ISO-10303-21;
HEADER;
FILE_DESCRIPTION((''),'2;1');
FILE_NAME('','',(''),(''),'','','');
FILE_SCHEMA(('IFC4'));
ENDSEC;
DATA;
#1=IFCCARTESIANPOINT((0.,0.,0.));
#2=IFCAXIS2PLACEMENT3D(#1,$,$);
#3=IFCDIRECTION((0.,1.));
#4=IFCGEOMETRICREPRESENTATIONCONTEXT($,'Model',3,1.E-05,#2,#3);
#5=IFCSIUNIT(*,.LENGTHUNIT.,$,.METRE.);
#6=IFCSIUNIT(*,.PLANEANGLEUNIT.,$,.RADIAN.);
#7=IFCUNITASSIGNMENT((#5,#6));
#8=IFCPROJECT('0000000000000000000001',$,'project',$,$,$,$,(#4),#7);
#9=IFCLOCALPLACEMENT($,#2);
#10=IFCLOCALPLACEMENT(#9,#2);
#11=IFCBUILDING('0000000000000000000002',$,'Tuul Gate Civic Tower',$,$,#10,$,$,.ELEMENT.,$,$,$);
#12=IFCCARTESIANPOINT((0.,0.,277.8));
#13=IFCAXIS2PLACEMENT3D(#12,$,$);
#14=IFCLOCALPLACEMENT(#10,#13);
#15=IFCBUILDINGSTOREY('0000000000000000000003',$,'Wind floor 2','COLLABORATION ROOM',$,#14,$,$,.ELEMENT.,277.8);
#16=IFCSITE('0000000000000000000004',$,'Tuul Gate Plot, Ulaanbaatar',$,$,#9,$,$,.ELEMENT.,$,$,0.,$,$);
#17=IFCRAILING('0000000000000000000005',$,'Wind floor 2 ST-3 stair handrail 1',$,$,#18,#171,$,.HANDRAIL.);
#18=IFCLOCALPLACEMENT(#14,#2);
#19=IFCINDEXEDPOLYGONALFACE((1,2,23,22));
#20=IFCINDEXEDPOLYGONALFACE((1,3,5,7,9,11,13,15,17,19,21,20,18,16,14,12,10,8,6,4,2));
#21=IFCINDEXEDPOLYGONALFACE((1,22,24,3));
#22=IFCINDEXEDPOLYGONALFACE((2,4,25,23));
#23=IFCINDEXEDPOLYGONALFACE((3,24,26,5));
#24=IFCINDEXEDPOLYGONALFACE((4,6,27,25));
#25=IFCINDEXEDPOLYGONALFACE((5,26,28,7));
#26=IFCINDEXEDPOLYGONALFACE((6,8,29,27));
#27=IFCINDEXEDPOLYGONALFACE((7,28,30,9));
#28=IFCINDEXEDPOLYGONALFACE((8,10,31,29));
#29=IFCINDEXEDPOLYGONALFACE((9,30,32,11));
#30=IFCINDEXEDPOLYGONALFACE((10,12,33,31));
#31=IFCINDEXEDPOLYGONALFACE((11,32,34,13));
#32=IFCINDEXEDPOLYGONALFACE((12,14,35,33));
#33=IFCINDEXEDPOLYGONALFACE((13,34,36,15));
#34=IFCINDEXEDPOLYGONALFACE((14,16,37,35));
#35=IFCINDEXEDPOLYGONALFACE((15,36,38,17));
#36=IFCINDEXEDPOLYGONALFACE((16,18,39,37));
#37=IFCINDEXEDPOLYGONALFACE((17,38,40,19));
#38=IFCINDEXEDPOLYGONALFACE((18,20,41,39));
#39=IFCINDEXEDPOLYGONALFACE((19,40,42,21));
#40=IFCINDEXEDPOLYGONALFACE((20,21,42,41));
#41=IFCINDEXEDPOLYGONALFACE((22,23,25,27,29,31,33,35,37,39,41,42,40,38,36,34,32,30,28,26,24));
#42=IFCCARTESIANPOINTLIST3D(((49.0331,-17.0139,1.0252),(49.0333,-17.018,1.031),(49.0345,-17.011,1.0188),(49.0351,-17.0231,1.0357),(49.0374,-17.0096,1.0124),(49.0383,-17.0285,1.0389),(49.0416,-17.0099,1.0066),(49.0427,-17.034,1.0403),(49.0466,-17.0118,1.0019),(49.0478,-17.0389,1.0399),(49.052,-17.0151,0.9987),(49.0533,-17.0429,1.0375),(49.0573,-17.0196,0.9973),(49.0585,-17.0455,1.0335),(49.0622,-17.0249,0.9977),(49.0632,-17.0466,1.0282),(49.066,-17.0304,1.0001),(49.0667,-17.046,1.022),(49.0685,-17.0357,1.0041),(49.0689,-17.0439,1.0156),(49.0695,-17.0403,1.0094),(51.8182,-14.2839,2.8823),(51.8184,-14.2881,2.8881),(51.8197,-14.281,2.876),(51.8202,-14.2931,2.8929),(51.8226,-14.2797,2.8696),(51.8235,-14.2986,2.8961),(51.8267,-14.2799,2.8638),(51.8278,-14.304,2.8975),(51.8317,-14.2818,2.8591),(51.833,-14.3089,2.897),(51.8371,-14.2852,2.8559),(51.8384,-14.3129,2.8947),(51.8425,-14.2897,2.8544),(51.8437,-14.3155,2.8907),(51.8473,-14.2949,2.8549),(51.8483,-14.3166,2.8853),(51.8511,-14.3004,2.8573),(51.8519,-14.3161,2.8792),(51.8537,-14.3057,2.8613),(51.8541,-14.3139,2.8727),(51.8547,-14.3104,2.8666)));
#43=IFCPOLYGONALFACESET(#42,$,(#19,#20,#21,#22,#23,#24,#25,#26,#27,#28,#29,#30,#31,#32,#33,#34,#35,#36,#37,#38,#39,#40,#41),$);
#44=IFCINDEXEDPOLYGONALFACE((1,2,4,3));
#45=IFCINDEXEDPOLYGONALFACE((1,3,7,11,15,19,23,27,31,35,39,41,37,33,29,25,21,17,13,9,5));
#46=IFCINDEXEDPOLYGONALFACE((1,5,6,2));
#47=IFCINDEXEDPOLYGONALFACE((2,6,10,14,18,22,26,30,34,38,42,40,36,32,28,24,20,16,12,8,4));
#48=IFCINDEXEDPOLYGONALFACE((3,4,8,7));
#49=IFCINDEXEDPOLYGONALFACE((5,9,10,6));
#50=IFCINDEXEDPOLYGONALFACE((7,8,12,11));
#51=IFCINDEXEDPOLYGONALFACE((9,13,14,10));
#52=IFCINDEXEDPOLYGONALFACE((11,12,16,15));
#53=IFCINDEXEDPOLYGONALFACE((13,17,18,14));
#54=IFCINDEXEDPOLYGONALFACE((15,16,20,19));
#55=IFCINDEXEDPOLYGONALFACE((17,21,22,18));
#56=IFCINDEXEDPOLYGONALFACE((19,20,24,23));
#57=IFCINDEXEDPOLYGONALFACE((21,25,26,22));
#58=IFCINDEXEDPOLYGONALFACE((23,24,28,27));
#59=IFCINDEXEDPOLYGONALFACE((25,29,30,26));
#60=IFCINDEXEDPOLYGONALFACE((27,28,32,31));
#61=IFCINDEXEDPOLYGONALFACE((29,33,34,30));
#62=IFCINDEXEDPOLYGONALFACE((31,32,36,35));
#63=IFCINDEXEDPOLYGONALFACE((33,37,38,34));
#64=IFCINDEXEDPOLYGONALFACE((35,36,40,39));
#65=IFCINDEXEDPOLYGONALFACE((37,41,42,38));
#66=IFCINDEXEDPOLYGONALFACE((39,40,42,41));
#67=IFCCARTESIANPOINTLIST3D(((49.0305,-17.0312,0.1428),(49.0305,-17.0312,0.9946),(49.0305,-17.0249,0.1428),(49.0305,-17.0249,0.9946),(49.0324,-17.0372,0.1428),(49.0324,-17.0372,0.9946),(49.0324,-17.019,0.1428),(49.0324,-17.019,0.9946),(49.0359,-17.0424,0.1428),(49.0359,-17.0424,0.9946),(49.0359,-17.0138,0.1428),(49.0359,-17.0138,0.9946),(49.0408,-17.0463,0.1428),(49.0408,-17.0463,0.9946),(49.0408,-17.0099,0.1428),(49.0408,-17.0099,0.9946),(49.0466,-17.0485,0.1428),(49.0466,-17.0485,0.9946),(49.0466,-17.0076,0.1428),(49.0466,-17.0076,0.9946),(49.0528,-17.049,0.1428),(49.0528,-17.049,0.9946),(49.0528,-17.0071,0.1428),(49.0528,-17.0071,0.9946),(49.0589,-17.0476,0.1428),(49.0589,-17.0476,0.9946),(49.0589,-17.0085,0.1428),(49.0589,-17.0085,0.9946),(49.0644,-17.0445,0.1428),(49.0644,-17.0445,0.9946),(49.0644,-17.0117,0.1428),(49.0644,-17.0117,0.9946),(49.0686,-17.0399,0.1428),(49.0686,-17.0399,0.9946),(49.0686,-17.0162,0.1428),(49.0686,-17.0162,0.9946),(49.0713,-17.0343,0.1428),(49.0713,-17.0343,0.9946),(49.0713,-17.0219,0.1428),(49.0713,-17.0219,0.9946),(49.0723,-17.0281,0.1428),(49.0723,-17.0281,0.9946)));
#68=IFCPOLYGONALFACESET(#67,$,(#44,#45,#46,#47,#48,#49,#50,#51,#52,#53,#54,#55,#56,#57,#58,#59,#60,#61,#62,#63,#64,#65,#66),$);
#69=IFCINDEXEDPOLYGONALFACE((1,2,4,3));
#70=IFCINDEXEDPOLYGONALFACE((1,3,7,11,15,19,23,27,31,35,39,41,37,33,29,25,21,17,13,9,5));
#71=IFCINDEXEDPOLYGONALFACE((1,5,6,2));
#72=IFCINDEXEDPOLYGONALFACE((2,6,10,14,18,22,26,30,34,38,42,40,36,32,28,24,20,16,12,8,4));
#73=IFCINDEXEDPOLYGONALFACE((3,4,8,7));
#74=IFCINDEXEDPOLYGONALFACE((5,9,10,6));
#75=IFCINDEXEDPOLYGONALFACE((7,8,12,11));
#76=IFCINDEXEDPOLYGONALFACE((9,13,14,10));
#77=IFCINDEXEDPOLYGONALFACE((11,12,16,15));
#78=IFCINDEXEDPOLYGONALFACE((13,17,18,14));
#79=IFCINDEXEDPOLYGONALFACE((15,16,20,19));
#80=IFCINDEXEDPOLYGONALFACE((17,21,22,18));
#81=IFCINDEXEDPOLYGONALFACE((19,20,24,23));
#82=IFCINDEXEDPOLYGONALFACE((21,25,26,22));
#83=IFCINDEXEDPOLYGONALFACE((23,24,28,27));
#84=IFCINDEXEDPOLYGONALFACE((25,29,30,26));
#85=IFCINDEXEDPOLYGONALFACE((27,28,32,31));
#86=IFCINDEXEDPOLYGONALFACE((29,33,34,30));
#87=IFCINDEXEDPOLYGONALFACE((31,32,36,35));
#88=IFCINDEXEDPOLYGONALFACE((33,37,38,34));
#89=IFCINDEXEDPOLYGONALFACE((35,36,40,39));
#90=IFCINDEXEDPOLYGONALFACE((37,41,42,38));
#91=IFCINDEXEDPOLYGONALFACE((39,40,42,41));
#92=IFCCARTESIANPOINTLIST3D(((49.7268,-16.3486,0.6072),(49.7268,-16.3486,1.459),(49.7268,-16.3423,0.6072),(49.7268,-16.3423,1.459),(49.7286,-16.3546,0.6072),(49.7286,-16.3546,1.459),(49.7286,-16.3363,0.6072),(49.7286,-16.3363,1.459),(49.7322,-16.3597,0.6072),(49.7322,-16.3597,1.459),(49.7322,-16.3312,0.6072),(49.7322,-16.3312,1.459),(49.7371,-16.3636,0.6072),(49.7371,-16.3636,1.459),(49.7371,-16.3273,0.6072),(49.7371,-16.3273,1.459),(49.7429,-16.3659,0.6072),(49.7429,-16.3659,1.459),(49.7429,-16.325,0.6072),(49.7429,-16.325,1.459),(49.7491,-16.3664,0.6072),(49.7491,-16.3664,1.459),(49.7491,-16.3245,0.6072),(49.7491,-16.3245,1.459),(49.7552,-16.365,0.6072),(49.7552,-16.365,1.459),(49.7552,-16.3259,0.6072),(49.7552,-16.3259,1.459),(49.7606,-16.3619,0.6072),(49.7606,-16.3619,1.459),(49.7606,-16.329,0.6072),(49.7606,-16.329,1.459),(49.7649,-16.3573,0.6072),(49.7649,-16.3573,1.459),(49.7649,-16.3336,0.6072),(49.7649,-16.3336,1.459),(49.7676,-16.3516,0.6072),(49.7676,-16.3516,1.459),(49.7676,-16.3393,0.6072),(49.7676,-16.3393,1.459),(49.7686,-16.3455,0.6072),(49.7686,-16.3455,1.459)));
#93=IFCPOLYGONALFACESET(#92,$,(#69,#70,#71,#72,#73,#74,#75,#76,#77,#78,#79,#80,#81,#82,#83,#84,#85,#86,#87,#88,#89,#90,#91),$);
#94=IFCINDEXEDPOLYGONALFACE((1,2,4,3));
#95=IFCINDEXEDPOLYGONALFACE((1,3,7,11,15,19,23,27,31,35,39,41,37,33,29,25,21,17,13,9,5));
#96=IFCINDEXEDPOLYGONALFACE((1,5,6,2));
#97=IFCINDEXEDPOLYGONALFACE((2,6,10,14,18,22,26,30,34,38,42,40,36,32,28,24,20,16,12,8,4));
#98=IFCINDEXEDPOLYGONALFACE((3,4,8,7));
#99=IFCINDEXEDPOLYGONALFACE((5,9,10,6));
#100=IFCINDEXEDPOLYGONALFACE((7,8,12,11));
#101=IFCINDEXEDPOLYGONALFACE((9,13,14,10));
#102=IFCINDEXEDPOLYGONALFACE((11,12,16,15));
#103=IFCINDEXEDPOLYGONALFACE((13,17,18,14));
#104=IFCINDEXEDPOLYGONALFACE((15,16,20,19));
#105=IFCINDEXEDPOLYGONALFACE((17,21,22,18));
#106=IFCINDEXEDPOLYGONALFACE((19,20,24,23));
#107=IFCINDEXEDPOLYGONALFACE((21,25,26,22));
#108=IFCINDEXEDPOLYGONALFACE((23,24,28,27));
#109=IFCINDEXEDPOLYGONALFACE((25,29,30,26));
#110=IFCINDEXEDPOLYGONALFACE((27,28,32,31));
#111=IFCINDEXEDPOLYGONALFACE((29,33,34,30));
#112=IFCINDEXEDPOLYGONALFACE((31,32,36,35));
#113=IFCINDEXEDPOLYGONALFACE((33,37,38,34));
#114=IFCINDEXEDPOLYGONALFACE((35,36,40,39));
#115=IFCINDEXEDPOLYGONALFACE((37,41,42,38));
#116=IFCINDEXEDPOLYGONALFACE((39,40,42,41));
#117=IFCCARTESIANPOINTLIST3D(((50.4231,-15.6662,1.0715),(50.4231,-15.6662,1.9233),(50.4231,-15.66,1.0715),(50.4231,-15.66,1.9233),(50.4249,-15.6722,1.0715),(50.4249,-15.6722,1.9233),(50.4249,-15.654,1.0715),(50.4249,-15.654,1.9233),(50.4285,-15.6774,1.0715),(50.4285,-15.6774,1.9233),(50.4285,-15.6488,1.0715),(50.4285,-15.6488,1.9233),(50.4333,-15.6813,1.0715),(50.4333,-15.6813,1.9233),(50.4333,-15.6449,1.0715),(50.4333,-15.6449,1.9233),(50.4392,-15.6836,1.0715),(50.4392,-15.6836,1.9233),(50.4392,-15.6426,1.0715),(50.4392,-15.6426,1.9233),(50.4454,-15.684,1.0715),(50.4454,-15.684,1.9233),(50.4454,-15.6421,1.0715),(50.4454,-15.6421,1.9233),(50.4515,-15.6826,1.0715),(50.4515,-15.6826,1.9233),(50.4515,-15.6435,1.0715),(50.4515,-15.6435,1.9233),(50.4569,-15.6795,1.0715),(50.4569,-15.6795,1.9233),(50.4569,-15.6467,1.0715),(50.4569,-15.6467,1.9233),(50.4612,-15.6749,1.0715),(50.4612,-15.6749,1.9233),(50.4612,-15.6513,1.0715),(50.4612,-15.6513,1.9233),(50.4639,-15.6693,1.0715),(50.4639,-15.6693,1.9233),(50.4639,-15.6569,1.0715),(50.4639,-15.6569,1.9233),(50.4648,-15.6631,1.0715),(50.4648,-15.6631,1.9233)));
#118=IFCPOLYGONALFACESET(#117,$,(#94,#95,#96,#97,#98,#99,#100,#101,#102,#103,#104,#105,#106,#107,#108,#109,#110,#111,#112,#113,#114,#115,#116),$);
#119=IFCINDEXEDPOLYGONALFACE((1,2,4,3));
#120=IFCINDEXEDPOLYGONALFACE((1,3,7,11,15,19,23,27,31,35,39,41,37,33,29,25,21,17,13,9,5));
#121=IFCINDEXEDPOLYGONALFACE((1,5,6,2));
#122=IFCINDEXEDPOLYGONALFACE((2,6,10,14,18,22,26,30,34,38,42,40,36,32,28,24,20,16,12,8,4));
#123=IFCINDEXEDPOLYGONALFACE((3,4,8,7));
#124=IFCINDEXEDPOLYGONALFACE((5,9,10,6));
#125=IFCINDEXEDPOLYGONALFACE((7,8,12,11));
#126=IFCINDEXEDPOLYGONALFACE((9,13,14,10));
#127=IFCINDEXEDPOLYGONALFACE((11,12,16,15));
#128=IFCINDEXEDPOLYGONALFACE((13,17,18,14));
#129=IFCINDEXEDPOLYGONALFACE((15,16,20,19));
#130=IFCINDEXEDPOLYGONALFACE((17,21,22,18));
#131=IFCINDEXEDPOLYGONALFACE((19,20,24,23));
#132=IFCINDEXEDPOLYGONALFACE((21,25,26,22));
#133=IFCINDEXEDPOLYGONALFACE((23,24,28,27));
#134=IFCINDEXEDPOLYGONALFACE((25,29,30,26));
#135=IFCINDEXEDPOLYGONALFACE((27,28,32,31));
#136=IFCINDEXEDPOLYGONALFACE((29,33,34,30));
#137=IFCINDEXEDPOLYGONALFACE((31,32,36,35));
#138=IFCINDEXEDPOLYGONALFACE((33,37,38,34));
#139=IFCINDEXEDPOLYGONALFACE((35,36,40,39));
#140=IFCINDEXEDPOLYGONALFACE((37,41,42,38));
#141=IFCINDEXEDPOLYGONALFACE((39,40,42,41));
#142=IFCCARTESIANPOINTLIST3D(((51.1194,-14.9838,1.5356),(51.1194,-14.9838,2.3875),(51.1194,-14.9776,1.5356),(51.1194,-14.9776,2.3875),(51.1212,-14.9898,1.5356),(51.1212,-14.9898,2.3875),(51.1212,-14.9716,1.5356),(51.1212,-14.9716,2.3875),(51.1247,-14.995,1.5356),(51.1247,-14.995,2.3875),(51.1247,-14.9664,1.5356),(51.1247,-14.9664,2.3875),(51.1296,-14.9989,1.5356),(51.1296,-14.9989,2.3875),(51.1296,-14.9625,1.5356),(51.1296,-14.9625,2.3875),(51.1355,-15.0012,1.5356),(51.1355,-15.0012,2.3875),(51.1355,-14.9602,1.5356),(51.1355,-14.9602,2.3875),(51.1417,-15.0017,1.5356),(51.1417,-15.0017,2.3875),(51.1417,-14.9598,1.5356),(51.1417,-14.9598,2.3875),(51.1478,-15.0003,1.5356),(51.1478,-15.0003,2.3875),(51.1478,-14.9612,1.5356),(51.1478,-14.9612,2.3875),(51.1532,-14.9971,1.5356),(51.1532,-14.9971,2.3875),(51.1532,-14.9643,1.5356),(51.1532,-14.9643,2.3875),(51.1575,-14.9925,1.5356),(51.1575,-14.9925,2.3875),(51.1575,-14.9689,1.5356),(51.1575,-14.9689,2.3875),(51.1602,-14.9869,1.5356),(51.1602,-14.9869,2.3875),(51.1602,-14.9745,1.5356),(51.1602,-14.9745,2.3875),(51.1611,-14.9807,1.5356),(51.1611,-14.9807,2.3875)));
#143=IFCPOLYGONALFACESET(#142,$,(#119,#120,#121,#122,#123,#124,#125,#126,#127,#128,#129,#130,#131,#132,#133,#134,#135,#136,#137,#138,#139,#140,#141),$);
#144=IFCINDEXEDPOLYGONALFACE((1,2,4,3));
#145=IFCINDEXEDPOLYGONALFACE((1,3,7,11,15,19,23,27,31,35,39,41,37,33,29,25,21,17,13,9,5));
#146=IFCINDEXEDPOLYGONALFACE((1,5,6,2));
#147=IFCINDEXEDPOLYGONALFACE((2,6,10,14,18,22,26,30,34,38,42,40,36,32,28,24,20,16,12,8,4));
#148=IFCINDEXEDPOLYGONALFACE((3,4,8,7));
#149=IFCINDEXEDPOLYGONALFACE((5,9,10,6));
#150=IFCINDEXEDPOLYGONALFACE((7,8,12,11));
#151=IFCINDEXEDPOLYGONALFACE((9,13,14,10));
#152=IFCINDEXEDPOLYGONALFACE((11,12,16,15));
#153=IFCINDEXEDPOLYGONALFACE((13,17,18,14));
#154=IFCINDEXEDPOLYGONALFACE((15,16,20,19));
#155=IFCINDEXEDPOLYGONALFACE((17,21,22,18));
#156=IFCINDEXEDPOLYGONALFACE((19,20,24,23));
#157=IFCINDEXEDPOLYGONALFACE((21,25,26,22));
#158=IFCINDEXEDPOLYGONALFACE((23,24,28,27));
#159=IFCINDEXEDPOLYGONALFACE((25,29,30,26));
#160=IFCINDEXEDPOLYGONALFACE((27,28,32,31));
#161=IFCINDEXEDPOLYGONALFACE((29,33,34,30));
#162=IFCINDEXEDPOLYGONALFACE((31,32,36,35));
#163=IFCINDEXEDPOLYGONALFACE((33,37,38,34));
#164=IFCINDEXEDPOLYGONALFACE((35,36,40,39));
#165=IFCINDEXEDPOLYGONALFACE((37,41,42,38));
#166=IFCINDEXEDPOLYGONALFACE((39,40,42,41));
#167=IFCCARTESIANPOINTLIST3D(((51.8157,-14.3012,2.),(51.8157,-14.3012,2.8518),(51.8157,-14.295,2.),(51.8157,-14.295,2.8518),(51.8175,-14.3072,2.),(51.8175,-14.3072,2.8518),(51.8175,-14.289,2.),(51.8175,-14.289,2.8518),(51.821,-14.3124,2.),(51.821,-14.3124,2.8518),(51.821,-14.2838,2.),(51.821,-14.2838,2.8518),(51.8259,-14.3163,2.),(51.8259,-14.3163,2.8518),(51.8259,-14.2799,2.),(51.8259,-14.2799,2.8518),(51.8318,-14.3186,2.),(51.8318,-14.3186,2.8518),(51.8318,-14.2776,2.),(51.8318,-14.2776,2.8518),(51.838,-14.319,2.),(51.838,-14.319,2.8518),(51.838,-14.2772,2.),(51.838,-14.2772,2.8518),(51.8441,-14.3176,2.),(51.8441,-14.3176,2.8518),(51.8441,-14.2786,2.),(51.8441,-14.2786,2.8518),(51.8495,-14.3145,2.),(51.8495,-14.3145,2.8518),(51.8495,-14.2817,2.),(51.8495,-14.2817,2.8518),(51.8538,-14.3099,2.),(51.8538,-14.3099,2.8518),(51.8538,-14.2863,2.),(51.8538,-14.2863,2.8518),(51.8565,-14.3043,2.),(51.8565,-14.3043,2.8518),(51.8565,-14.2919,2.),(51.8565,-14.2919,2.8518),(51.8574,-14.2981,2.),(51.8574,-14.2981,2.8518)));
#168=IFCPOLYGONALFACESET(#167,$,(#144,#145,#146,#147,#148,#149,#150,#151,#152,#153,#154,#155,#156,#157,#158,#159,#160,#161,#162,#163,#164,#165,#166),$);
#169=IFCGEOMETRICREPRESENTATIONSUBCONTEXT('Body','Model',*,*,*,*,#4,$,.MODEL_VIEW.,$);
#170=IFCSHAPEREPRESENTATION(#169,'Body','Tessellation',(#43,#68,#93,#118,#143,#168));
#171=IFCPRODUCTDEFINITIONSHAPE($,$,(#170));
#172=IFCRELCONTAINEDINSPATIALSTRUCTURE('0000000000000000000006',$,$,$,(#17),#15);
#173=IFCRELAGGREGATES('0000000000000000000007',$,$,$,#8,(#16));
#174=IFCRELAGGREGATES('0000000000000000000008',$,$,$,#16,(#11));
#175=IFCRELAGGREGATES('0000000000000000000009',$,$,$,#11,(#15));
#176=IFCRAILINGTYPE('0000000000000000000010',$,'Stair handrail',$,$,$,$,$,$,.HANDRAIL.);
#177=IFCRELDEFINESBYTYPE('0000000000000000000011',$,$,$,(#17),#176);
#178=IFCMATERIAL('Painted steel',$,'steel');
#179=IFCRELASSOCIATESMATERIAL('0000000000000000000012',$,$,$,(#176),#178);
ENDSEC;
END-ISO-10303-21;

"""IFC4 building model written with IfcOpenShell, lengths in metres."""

from ifc_helpers import new_model, si_unit, direction, frame, origin, origin_2d, place, context, subcontext, project, spatial, circle, extrude, material, type_object, element, save


model = new_model("IFC4")

# Units and contexts
model_context = context("Model", 3, precision=1e-05, world=origin(), true_north=direction((0.0, 1.0)))
body_context = subcontext(model_context, "Body", "Model", "MODEL_VIEW")
ifc_project = project(units=[si_unit("LENGTHUNIT", "METRE"), si_unit("PLANEANGLEUNIT", "RADIAN")], contexts=[model_context])

# Site, building, storey
site_placement = place(None, origin())
site = spatial("IfcSite", under=ifc_project, at=site_placement, Name="Tuul Gate Plot, Ulaanbaatar", CompositionType="ELEMENT", RefElevation=0.0)
building_placement = place(site_placement, origin())
building = spatial("IfcBuilding", under=site, at=building_placement, Name="Tuul Gate Civic Tower", CompositionType="ELEMENT")
storey_placement = place(building_placement, frame((0.0, 0.0, 277.8)))
storey = spatial("IfcBuildingStorey", under=building, at=storey_placement, Name="Wind floor 2", Description="COLLABORATION ROOM", CompositionType="ELEMENT", Elevation=277.8)

# Railing
ifc_material_1 = material(Name="Painted steel", Category="steel")
railing_type_1 = type_object("IfcRailingType", Name="Stair handrail", PredefinedType="HANDRAIL", material=ifc_material_1)
for number, where, name in (
    (1, (49.0513, -17.0281, 0.1428), "Wind floor 2 ST-3 stair handrail 1"),
):
    element("IfcRailing", number, at=place(storey_placement, frame(where)), inside=storey, type_object=railing_type_1, Name=name, PredefinedType="HANDRAIL", context=body_context, shape_type="SweptSolid", body=[
        extrude(circle(Radius=0.0239, at=origin_2d()), frame((0.0, 0.0, 0.876), z_axis=(0.644771, 0.631998, 0.429941), x_axis=(-0.699998, 0.714145, 0.0)), (0.0, 0.0, 1.0), 4.3196),
        extrude(circle(Radius=0.021, at=origin_2d()), origin(), (0.0, 0.0, 1.0), 0.8518),
        extrude(circle(Radius=0.021, at=origin_2d()), frame((0.6963, 0.6826, 0.4644)), (0.0, 0.0, 1.0), 0.8518),
        extrude(circle(Radius=0.021, at=origin_2d()), frame((1.3926, 1.365, 0.9287)), (0.0, 0.0, 1.0), 0.8518),
        extrude(circle(Radius=0.021, at=origin_2d()), frame((2.0889, 2.0474, 1.3928)), (0.0, 0.0, 1.0), 0.8518),
        extrude(circle(Radius=0.021, at=origin_2d()), frame((2.7852, 2.73, 1.8572)), (0.0, 0.0, 1.0), 0.8518),
    ])

save(model, "model.ifc")
